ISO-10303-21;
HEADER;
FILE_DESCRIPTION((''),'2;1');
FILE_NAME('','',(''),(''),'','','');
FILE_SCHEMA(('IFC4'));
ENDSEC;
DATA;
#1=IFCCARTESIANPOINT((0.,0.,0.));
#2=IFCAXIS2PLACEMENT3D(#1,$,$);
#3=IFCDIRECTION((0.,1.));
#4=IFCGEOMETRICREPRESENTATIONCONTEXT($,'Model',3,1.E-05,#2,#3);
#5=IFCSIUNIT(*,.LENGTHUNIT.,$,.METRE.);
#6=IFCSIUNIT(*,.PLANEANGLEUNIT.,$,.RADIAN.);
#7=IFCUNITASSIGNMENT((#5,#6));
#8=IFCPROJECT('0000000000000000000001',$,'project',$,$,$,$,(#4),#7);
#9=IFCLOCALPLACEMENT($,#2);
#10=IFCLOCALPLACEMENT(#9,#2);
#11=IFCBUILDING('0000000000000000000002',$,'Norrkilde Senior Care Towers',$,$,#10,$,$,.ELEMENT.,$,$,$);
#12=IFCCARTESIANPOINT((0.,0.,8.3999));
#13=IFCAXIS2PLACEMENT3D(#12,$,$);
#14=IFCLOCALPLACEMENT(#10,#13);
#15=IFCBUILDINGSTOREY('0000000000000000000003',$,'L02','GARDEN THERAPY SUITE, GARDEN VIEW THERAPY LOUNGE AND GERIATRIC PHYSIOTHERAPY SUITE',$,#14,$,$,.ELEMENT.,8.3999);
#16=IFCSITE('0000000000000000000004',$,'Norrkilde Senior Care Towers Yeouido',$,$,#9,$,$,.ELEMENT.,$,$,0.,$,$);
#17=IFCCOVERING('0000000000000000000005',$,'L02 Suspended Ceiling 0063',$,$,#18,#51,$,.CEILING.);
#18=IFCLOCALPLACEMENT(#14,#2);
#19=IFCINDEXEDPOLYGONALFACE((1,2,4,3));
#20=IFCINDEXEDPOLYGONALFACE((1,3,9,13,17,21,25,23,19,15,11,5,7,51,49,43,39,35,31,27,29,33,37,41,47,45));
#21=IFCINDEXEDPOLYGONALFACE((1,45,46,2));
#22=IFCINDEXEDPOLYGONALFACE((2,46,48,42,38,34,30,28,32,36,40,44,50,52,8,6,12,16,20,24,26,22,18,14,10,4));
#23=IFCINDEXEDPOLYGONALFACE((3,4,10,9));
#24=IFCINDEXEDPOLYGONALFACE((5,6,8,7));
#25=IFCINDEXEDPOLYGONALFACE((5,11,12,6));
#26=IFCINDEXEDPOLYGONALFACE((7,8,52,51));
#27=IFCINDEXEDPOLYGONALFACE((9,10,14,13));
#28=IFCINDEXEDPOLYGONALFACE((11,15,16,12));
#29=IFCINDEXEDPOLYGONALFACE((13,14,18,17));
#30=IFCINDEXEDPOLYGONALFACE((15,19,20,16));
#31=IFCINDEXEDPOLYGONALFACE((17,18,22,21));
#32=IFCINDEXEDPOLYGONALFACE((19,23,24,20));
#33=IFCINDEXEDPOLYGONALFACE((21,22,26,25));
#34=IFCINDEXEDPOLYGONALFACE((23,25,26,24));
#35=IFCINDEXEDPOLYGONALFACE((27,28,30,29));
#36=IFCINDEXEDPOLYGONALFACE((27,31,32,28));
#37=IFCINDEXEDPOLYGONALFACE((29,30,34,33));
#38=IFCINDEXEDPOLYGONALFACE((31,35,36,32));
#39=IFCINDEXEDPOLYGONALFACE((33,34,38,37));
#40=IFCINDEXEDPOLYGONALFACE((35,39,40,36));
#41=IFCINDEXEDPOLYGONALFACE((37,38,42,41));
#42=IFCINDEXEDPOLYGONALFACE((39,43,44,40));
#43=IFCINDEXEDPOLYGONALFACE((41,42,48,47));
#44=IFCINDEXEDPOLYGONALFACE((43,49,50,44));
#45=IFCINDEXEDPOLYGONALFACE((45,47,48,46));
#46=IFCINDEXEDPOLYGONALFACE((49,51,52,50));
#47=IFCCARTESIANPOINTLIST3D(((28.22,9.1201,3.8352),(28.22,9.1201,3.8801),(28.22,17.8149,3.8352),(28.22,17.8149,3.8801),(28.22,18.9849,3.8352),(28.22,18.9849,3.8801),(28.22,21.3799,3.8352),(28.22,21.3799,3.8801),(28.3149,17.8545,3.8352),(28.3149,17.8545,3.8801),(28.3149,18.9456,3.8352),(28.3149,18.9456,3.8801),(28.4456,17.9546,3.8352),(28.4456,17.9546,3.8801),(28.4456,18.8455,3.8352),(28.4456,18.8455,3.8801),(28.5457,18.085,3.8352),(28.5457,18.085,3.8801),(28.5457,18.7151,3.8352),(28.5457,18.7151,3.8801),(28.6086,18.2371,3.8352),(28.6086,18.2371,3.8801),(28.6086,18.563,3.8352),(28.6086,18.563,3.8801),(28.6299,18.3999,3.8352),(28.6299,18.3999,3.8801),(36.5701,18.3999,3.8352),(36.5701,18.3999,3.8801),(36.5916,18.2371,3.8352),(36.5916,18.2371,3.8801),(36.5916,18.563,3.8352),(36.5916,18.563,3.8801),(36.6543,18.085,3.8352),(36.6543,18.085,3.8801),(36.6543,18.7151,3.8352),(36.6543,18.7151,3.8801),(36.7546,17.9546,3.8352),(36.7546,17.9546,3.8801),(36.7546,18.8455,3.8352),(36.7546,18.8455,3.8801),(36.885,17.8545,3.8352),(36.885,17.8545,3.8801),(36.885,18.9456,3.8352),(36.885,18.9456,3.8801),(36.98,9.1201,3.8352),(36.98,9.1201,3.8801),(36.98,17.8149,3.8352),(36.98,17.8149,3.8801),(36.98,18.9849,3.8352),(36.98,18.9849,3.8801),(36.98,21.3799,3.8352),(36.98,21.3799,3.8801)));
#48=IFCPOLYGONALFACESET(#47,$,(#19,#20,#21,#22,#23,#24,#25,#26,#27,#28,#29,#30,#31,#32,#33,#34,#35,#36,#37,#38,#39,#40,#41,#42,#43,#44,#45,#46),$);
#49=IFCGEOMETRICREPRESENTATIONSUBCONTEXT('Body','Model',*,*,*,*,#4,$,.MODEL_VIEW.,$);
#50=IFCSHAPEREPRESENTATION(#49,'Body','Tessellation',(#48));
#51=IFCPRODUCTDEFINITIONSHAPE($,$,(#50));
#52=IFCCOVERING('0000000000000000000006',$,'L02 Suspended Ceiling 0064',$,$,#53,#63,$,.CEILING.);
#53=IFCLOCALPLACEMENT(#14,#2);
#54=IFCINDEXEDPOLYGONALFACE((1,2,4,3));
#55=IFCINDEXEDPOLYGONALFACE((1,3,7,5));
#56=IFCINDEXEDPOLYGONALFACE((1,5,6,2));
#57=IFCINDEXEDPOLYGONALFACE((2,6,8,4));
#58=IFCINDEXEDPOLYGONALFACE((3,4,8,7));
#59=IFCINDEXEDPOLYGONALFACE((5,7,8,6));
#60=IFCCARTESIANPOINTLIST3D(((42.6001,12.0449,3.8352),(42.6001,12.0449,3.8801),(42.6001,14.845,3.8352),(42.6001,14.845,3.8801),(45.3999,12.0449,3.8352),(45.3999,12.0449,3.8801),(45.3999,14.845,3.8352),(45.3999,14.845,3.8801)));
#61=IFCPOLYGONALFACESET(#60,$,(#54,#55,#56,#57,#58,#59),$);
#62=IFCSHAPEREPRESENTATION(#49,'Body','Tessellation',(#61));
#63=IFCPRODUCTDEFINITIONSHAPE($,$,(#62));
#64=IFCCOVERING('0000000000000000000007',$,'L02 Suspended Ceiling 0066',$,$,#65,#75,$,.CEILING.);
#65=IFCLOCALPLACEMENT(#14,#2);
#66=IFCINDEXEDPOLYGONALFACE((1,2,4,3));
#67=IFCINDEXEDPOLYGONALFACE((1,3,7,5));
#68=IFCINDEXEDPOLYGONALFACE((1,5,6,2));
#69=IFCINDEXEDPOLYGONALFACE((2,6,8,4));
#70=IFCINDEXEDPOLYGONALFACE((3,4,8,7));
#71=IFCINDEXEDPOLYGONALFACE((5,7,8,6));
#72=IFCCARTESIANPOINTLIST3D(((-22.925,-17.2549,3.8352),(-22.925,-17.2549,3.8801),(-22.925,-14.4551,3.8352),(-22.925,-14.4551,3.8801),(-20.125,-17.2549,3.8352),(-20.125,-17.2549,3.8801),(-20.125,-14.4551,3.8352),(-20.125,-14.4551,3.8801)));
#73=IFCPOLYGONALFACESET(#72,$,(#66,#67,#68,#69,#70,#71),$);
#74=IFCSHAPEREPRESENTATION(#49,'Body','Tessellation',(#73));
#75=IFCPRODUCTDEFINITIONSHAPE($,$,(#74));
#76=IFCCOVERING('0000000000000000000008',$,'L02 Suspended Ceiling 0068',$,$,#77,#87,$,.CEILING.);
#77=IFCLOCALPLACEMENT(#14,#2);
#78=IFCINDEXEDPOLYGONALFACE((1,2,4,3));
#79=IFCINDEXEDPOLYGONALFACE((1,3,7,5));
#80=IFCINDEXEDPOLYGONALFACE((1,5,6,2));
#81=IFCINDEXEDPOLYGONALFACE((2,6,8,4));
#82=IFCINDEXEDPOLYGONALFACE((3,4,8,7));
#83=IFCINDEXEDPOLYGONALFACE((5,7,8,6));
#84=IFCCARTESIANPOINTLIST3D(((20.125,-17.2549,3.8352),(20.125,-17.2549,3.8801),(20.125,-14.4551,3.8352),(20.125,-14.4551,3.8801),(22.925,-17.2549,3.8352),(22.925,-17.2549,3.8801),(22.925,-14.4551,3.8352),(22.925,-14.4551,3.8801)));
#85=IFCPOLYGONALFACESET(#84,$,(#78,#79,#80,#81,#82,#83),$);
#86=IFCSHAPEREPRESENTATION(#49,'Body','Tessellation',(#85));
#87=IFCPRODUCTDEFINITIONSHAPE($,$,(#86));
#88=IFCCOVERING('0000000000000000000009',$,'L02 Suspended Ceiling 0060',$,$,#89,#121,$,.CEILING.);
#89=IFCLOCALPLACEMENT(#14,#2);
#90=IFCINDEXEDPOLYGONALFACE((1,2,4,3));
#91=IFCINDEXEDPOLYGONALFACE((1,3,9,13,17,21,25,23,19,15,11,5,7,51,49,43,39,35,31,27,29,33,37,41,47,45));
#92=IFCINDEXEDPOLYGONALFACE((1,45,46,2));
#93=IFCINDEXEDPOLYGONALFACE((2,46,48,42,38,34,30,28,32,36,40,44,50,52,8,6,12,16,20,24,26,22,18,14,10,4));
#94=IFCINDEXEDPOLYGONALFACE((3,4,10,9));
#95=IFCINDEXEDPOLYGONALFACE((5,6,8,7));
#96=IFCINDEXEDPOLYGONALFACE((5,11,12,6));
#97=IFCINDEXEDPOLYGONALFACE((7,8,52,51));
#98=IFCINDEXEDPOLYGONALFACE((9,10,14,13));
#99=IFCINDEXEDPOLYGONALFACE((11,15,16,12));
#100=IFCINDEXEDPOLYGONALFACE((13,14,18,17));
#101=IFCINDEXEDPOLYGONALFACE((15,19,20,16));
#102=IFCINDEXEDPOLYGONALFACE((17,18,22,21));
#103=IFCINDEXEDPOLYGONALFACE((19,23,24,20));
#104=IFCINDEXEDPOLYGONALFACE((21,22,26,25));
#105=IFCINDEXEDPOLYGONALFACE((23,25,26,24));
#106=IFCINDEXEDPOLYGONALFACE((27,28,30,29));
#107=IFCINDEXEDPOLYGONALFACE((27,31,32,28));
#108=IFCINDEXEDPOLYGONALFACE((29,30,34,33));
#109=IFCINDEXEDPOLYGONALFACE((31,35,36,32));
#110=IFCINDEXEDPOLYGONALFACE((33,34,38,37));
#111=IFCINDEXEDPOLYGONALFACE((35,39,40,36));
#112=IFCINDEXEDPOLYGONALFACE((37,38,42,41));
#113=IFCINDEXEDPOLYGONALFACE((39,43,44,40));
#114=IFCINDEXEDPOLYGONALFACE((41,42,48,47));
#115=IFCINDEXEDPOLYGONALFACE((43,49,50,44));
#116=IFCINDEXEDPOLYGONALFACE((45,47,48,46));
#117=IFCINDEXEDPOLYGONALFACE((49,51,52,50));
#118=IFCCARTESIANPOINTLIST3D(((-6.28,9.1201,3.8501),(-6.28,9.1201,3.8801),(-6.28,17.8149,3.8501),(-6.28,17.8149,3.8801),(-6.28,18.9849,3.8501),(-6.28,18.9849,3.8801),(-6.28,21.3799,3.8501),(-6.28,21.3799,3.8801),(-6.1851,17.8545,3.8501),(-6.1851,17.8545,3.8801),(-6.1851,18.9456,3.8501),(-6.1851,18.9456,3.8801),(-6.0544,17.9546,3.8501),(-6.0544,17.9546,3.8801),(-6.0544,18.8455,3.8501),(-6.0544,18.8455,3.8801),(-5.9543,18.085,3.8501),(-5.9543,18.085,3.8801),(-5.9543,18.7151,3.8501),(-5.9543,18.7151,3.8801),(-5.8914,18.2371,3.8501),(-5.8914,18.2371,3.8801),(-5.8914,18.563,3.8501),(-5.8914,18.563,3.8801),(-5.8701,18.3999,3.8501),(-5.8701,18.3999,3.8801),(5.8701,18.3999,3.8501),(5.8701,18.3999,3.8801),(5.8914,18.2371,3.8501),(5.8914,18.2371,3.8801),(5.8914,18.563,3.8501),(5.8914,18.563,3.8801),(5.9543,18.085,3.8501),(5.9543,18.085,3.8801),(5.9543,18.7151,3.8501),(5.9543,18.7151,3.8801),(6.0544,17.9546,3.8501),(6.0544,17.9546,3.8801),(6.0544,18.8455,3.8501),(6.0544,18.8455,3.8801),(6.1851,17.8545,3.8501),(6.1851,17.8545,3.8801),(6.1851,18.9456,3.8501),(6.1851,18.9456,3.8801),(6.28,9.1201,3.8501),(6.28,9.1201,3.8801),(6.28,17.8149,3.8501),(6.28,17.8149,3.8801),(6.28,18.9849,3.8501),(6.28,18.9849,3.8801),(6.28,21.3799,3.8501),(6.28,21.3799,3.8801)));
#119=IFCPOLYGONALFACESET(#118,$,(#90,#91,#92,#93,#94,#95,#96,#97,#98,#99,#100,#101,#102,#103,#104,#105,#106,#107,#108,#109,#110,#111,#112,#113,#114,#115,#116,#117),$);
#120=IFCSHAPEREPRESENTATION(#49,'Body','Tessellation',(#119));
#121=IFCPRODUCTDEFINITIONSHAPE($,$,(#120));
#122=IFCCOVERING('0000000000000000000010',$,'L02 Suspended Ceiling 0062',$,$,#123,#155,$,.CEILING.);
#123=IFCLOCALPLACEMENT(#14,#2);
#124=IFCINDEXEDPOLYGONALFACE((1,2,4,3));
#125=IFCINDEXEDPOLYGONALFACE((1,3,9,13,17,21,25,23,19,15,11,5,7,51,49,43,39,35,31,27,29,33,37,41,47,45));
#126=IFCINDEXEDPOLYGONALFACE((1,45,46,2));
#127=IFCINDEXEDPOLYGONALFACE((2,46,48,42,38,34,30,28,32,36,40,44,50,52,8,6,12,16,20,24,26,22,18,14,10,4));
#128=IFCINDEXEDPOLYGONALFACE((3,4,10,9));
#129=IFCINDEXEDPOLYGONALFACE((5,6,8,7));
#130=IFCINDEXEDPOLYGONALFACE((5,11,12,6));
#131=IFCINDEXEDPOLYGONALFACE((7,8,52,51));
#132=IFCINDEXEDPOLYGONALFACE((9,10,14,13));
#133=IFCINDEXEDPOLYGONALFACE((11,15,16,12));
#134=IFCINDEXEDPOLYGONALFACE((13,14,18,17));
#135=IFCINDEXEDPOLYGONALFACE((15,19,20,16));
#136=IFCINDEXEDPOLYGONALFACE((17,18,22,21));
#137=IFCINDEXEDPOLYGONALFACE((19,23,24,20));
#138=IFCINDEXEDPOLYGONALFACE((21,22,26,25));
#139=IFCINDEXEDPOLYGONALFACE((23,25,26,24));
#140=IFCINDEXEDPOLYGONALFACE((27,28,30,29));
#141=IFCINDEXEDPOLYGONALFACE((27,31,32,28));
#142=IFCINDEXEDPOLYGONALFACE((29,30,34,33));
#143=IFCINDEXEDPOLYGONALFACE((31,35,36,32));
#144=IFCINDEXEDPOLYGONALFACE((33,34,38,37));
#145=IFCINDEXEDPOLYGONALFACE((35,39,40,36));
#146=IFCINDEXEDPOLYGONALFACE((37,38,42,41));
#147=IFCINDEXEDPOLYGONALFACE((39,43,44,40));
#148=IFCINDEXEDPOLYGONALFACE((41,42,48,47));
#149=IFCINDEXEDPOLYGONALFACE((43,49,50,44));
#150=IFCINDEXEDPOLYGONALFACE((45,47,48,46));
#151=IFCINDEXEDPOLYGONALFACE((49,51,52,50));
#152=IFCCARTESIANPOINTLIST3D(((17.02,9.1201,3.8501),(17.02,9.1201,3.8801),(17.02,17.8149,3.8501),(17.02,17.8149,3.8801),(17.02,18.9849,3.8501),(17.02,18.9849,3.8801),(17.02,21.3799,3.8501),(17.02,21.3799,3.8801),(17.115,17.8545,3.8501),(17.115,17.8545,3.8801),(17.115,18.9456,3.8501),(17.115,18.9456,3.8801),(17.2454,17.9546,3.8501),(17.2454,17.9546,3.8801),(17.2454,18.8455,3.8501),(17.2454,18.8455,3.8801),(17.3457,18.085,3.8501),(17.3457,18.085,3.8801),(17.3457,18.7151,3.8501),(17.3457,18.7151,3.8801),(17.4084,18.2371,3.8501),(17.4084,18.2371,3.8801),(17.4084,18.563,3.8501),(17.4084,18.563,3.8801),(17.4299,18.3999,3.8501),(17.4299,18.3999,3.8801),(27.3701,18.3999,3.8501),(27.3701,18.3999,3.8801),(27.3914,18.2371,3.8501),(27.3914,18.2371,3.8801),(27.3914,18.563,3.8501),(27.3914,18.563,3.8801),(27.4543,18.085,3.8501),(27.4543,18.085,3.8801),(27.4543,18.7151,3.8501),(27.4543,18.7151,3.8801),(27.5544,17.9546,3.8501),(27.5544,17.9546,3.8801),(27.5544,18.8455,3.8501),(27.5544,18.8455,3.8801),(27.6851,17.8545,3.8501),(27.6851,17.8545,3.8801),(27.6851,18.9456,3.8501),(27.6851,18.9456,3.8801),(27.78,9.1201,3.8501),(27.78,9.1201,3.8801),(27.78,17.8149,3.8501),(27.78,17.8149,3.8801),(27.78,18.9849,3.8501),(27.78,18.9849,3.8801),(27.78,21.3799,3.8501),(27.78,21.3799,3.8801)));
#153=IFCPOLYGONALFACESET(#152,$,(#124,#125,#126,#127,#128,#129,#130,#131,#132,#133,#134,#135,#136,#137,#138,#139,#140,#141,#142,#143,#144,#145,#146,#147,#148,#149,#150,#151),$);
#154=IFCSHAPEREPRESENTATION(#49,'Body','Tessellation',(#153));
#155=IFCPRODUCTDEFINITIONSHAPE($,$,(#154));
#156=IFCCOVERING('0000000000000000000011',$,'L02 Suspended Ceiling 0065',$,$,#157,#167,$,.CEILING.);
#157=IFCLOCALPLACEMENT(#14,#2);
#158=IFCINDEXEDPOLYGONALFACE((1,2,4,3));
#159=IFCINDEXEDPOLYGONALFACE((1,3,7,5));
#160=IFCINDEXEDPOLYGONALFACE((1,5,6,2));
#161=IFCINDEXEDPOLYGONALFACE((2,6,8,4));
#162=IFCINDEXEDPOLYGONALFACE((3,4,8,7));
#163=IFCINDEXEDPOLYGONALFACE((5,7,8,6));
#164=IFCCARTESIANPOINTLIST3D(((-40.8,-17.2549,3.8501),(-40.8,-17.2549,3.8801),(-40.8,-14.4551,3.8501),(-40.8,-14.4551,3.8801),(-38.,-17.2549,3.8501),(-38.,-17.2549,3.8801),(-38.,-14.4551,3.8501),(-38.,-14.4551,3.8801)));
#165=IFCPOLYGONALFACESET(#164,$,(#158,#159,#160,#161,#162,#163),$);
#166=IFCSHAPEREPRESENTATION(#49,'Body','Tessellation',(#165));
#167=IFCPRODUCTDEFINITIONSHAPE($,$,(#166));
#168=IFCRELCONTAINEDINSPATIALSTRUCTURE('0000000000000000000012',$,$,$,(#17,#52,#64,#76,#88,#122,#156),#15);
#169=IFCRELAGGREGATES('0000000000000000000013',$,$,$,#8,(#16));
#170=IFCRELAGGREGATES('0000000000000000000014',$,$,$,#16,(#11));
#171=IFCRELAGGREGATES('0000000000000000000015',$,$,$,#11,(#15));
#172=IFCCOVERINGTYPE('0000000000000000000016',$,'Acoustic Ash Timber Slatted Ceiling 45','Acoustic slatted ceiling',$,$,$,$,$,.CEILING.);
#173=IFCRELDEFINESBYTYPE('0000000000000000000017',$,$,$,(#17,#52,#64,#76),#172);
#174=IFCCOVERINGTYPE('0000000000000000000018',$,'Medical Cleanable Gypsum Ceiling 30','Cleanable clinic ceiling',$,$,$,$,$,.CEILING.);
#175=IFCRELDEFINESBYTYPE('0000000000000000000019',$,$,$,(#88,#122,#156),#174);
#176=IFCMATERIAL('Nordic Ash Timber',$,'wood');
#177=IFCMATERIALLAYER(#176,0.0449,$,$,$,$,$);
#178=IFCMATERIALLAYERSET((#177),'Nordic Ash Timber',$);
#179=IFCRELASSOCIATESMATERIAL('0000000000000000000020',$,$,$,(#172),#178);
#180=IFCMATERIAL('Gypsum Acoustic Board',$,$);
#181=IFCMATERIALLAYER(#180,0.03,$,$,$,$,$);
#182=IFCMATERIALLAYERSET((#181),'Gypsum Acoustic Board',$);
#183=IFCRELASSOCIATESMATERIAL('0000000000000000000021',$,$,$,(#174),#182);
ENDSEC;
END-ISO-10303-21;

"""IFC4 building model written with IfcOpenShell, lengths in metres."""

from ifc_helpers import new_model, si_unit, direction, frame, origin, place, context, subcontext, project, spatial, polyline, outline, extrude, material, layer, layer_set, type_object, element, save


model = new_model("IFC4")

# Units and contexts
model_context = context("Model", 3, precision=1e-05, world=origin(), true_north=direction((0.0, 1.0)))
body_context = subcontext(model_context, "Body", "Model", "MODEL_VIEW")
ifc_project = project(units=[si_unit("LENGTHUNIT", "METRE"), si_unit("PLANEANGLEUNIT", "RADIAN")], contexts=[model_context])

# Site, building, storey
site_placement = place(None, origin())
site = spatial("IfcSite", under=ifc_project, at=site_placement, Name="Norrkilde Senior Care Towers Yeouido", CompositionType="ELEMENT", RefElevation=0.0)
building_placement = place(site_placement, origin())
building = spatial("IfcBuilding", under=site, at=building_placement, Name="Norrkilde Senior Care Towers", CompositionType="ELEMENT")
storey_placement = place(building_placement, frame((0.0, 0.0, 8.3999)))
storey = spatial("IfcBuildingStorey", under=building, at=storey_placement, Name="L02", Description="GARDEN THERAPY SUITE, GARDEN VIEW THERAPY LOUNGE AND GERIATRIC PHYSIOTHERAPY SUITE", CompositionType="ELEMENT", Elevation=8.3999)

# Shared definitions
ifc_material_1 = material(Name="Gypsum Acoustic Board")

# Coverings
ifc_material_2 = material(Name="Nordic Ash Timber", Category="wood")
ifc_layer_1 = layer(ifc_material_2, 0.0449)
ifc_layer_set_1 = layer_set([ifc_layer_1], Name="Nordic Ash Timber")
covering_type_1 = type_object("IfcCoveringType", Name="Acoustic Ash Timber Slatted Ceiling 45", Description="Acoustic slatted ceiling", PredefinedType="CEILING", material=ifc_layer_set_1)
covering_1_placement = place(storey_placement, frame((0.0, 0.0, 3.8352)))
element("IfcCovering", 1, at=covering_1_placement, inside=storey, type_object=covering_type_1, Name="L02 Suspended Ceiling 0063", PredefinedType="CEILING", context=body_context, shape_type="SweptSolid", body=[
    extrude(outline(polyline([(28.22, 9.1201), (28.22, 17.8149), (28.3149, 17.8545), (28.4456, 17.9546), (28.5457, 18.085), (28.6086, 18.2371), (28.6299, 18.3999), (28.6086, 18.563), (28.5457, 18.7151), (28.4456, 18.8455), (28.3149, 18.9456), (28.22, 18.9849), (28.22, 21.3799), (36.98, 21.3799), (36.98, 18.9849), (36.885, 18.9456), (36.7546, 18.8455), (36.6543, 18.7151), (36.5916, 18.563), (36.5701, 18.3999), (36.5916, 18.2371), (36.6543, 18.085), (36.7546, 17.9546), (36.885, 17.8545), (36.98, 17.8149), (36.98, 9.1201), (28.22, 9.1201)])), origin(), (0.0, 0.0, 1.0), 0.0449),
])
covering_2_placement = place(storey_placement, frame((0.0, 0.0, 3.8352)))
element("IfcCovering", 2, at=covering_2_placement, inside=storey, type_object=covering_type_1, Name="L02 Suspended Ceiling 0064", PredefinedType="CEILING", context=body_context, shape_type="SweptSolid", body=[
    extrude(outline(polyline([(42.6001, 12.0449), (42.6001, 14.845), (45.3999, 14.845), (45.3999, 12.0449), (42.6001, 12.0449)])), origin(), (0.0, 0.0, 1.0), 0.0449),
])
covering_3_placement = place(storey_placement, frame((0.0, 0.0, 3.8352)))
element("IfcCovering", 3, at=covering_3_placement, inside=storey, type_object=covering_type_1, Name="L02 Suspended Ceiling 0066", PredefinedType="CEILING", context=body_context, shape_type="SweptSolid", body=[
    extrude(outline(polyline([(-22.925, -17.2549), (-22.925, -14.4551), (-20.125, -14.4551), (-20.125, -17.2549), (-22.925, -17.2549)])), origin(), (0.0, 0.0, 1.0), 0.0449),
])
covering_4_placement = place(storey_placement, frame((0.0, 0.0, 3.8352)))
element("IfcCovering", 4, at=covering_4_placement, inside=storey, type_object=covering_type_1, Name="L02 Suspended Ceiling 0068", PredefinedType="CEILING", context=body_context, shape_type="SweptSolid", body=[
    extrude(outline(polyline([(20.125, -17.2549), (20.125, -14.4551), (22.925, -14.4551), (22.925, -17.2549), (20.125, -17.2549)])), origin(), (0.0, 0.0, 1.0), 0.0449),
])
ifc_layer_2 = layer(ifc_material_1, 0.03)
ifc_layer_set_2 = layer_set([ifc_layer_2], Name="Gypsum Acoustic Board")
covering_type_2 = type_object("IfcCoveringType", Name="Medical Cleanable Gypsum Ceiling 30", Description="Cleanable clinic ceiling", PredefinedType="CEILING", material=ifc_layer_set_2)
covering_5_placement = place(storey_placement, frame((0.0, 0.0, 3.8501)))
element("IfcCovering", 5, at=covering_5_placement, inside=storey, type_object=covering_type_2, Name="L02 Suspended Ceiling 0060", PredefinedType="CEILING", context=body_context, shape_type="SweptSolid", body=[
    extrude(outline(polyline([(-6.28, 9.1201), (-6.28, 17.8149), (-6.1851, 17.8545), (-6.0544, 17.9546), (-5.9543, 18.085), (-5.8914, 18.2371), (-5.8701, 18.3999), (-5.8914, 18.563), (-5.9543, 18.7151), (-6.0544, 18.8455), (-6.1851, 18.9456), (-6.28, 18.9849), (-6.28, 21.3799), (6.28, 21.3799), (6.28, 18.9849), (6.1851, 18.9456), (6.0544, 18.8455), (5.9543, 18.7151), (5.8914, 18.563), (5.8701, 18.3999), (5.8914, 18.2371), (5.9543, 18.085), (6.0544, 17.9546), (6.1851, 17.8545), (6.28, 17.8149), (6.28, 9.1201), (-6.28, 9.1201)])), origin(), (0.0, 0.0, 1.0), 0.03),
])
covering_6_placement = place(storey_placement, frame((0.0, 0.0, 3.8501)))
element("IfcCovering", 6, at=covering_6_placement, inside=storey, type_object=covering_type_2, Name="L02 Suspended Ceiling 0062", PredefinedType="CEILING", context=body_context, shape_type="SweptSolid", body=[
    extrude(outline(polyline([(17.02, 9.1201), (17.02, 17.8149), (17.115, 17.8545), (17.2454, 17.9546), (17.3457, 18.085), (17.4084, 18.2371), (17.4299, 18.3999), (17.4084, 18.563), (17.3457, 18.7151), (17.2454, 18.8455), (17.115, 18.9456), (17.02, 18.9849), (17.02, 21.3799), (27.78, 21.3799), (27.78, 18.9849), (27.6851, 18.9456), (27.5544, 18.8455), (27.4543, 18.7151), (27.3914, 18.563), (27.3701, 18.3999), (27.3914, 18.2371), (27.4543, 18.085), (27.5544, 17.9546), (27.6851, 17.8545), (27.78, 17.8149), (27.78, 9.1201), (17.02, 9.1201)])), origin(), (0.0, 0.0, 1.0), 0.03),
])
covering_7_placement = place(storey_placement, frame((0.0, 0.0, 3.8501)))
element("IfcCovering", 7, at=covering_7_placement, inside=storey, type_object=covering_type_2, Name="L02 Suspended Ceiling 0065", PredefinedType="CEILING", context=body_context, shape_type="SweptSolid", body=[
    extrude(outline(polyline([(-40.8, -17.2549), (-40.8, -14.4551), (-38.0, -14.4551), (-38.0, -17.2549), (-40.8, -17.2549)])), origin(), (0.0, 0.0, 1.0), 0.03),
])

save(model, "model.ifc")
